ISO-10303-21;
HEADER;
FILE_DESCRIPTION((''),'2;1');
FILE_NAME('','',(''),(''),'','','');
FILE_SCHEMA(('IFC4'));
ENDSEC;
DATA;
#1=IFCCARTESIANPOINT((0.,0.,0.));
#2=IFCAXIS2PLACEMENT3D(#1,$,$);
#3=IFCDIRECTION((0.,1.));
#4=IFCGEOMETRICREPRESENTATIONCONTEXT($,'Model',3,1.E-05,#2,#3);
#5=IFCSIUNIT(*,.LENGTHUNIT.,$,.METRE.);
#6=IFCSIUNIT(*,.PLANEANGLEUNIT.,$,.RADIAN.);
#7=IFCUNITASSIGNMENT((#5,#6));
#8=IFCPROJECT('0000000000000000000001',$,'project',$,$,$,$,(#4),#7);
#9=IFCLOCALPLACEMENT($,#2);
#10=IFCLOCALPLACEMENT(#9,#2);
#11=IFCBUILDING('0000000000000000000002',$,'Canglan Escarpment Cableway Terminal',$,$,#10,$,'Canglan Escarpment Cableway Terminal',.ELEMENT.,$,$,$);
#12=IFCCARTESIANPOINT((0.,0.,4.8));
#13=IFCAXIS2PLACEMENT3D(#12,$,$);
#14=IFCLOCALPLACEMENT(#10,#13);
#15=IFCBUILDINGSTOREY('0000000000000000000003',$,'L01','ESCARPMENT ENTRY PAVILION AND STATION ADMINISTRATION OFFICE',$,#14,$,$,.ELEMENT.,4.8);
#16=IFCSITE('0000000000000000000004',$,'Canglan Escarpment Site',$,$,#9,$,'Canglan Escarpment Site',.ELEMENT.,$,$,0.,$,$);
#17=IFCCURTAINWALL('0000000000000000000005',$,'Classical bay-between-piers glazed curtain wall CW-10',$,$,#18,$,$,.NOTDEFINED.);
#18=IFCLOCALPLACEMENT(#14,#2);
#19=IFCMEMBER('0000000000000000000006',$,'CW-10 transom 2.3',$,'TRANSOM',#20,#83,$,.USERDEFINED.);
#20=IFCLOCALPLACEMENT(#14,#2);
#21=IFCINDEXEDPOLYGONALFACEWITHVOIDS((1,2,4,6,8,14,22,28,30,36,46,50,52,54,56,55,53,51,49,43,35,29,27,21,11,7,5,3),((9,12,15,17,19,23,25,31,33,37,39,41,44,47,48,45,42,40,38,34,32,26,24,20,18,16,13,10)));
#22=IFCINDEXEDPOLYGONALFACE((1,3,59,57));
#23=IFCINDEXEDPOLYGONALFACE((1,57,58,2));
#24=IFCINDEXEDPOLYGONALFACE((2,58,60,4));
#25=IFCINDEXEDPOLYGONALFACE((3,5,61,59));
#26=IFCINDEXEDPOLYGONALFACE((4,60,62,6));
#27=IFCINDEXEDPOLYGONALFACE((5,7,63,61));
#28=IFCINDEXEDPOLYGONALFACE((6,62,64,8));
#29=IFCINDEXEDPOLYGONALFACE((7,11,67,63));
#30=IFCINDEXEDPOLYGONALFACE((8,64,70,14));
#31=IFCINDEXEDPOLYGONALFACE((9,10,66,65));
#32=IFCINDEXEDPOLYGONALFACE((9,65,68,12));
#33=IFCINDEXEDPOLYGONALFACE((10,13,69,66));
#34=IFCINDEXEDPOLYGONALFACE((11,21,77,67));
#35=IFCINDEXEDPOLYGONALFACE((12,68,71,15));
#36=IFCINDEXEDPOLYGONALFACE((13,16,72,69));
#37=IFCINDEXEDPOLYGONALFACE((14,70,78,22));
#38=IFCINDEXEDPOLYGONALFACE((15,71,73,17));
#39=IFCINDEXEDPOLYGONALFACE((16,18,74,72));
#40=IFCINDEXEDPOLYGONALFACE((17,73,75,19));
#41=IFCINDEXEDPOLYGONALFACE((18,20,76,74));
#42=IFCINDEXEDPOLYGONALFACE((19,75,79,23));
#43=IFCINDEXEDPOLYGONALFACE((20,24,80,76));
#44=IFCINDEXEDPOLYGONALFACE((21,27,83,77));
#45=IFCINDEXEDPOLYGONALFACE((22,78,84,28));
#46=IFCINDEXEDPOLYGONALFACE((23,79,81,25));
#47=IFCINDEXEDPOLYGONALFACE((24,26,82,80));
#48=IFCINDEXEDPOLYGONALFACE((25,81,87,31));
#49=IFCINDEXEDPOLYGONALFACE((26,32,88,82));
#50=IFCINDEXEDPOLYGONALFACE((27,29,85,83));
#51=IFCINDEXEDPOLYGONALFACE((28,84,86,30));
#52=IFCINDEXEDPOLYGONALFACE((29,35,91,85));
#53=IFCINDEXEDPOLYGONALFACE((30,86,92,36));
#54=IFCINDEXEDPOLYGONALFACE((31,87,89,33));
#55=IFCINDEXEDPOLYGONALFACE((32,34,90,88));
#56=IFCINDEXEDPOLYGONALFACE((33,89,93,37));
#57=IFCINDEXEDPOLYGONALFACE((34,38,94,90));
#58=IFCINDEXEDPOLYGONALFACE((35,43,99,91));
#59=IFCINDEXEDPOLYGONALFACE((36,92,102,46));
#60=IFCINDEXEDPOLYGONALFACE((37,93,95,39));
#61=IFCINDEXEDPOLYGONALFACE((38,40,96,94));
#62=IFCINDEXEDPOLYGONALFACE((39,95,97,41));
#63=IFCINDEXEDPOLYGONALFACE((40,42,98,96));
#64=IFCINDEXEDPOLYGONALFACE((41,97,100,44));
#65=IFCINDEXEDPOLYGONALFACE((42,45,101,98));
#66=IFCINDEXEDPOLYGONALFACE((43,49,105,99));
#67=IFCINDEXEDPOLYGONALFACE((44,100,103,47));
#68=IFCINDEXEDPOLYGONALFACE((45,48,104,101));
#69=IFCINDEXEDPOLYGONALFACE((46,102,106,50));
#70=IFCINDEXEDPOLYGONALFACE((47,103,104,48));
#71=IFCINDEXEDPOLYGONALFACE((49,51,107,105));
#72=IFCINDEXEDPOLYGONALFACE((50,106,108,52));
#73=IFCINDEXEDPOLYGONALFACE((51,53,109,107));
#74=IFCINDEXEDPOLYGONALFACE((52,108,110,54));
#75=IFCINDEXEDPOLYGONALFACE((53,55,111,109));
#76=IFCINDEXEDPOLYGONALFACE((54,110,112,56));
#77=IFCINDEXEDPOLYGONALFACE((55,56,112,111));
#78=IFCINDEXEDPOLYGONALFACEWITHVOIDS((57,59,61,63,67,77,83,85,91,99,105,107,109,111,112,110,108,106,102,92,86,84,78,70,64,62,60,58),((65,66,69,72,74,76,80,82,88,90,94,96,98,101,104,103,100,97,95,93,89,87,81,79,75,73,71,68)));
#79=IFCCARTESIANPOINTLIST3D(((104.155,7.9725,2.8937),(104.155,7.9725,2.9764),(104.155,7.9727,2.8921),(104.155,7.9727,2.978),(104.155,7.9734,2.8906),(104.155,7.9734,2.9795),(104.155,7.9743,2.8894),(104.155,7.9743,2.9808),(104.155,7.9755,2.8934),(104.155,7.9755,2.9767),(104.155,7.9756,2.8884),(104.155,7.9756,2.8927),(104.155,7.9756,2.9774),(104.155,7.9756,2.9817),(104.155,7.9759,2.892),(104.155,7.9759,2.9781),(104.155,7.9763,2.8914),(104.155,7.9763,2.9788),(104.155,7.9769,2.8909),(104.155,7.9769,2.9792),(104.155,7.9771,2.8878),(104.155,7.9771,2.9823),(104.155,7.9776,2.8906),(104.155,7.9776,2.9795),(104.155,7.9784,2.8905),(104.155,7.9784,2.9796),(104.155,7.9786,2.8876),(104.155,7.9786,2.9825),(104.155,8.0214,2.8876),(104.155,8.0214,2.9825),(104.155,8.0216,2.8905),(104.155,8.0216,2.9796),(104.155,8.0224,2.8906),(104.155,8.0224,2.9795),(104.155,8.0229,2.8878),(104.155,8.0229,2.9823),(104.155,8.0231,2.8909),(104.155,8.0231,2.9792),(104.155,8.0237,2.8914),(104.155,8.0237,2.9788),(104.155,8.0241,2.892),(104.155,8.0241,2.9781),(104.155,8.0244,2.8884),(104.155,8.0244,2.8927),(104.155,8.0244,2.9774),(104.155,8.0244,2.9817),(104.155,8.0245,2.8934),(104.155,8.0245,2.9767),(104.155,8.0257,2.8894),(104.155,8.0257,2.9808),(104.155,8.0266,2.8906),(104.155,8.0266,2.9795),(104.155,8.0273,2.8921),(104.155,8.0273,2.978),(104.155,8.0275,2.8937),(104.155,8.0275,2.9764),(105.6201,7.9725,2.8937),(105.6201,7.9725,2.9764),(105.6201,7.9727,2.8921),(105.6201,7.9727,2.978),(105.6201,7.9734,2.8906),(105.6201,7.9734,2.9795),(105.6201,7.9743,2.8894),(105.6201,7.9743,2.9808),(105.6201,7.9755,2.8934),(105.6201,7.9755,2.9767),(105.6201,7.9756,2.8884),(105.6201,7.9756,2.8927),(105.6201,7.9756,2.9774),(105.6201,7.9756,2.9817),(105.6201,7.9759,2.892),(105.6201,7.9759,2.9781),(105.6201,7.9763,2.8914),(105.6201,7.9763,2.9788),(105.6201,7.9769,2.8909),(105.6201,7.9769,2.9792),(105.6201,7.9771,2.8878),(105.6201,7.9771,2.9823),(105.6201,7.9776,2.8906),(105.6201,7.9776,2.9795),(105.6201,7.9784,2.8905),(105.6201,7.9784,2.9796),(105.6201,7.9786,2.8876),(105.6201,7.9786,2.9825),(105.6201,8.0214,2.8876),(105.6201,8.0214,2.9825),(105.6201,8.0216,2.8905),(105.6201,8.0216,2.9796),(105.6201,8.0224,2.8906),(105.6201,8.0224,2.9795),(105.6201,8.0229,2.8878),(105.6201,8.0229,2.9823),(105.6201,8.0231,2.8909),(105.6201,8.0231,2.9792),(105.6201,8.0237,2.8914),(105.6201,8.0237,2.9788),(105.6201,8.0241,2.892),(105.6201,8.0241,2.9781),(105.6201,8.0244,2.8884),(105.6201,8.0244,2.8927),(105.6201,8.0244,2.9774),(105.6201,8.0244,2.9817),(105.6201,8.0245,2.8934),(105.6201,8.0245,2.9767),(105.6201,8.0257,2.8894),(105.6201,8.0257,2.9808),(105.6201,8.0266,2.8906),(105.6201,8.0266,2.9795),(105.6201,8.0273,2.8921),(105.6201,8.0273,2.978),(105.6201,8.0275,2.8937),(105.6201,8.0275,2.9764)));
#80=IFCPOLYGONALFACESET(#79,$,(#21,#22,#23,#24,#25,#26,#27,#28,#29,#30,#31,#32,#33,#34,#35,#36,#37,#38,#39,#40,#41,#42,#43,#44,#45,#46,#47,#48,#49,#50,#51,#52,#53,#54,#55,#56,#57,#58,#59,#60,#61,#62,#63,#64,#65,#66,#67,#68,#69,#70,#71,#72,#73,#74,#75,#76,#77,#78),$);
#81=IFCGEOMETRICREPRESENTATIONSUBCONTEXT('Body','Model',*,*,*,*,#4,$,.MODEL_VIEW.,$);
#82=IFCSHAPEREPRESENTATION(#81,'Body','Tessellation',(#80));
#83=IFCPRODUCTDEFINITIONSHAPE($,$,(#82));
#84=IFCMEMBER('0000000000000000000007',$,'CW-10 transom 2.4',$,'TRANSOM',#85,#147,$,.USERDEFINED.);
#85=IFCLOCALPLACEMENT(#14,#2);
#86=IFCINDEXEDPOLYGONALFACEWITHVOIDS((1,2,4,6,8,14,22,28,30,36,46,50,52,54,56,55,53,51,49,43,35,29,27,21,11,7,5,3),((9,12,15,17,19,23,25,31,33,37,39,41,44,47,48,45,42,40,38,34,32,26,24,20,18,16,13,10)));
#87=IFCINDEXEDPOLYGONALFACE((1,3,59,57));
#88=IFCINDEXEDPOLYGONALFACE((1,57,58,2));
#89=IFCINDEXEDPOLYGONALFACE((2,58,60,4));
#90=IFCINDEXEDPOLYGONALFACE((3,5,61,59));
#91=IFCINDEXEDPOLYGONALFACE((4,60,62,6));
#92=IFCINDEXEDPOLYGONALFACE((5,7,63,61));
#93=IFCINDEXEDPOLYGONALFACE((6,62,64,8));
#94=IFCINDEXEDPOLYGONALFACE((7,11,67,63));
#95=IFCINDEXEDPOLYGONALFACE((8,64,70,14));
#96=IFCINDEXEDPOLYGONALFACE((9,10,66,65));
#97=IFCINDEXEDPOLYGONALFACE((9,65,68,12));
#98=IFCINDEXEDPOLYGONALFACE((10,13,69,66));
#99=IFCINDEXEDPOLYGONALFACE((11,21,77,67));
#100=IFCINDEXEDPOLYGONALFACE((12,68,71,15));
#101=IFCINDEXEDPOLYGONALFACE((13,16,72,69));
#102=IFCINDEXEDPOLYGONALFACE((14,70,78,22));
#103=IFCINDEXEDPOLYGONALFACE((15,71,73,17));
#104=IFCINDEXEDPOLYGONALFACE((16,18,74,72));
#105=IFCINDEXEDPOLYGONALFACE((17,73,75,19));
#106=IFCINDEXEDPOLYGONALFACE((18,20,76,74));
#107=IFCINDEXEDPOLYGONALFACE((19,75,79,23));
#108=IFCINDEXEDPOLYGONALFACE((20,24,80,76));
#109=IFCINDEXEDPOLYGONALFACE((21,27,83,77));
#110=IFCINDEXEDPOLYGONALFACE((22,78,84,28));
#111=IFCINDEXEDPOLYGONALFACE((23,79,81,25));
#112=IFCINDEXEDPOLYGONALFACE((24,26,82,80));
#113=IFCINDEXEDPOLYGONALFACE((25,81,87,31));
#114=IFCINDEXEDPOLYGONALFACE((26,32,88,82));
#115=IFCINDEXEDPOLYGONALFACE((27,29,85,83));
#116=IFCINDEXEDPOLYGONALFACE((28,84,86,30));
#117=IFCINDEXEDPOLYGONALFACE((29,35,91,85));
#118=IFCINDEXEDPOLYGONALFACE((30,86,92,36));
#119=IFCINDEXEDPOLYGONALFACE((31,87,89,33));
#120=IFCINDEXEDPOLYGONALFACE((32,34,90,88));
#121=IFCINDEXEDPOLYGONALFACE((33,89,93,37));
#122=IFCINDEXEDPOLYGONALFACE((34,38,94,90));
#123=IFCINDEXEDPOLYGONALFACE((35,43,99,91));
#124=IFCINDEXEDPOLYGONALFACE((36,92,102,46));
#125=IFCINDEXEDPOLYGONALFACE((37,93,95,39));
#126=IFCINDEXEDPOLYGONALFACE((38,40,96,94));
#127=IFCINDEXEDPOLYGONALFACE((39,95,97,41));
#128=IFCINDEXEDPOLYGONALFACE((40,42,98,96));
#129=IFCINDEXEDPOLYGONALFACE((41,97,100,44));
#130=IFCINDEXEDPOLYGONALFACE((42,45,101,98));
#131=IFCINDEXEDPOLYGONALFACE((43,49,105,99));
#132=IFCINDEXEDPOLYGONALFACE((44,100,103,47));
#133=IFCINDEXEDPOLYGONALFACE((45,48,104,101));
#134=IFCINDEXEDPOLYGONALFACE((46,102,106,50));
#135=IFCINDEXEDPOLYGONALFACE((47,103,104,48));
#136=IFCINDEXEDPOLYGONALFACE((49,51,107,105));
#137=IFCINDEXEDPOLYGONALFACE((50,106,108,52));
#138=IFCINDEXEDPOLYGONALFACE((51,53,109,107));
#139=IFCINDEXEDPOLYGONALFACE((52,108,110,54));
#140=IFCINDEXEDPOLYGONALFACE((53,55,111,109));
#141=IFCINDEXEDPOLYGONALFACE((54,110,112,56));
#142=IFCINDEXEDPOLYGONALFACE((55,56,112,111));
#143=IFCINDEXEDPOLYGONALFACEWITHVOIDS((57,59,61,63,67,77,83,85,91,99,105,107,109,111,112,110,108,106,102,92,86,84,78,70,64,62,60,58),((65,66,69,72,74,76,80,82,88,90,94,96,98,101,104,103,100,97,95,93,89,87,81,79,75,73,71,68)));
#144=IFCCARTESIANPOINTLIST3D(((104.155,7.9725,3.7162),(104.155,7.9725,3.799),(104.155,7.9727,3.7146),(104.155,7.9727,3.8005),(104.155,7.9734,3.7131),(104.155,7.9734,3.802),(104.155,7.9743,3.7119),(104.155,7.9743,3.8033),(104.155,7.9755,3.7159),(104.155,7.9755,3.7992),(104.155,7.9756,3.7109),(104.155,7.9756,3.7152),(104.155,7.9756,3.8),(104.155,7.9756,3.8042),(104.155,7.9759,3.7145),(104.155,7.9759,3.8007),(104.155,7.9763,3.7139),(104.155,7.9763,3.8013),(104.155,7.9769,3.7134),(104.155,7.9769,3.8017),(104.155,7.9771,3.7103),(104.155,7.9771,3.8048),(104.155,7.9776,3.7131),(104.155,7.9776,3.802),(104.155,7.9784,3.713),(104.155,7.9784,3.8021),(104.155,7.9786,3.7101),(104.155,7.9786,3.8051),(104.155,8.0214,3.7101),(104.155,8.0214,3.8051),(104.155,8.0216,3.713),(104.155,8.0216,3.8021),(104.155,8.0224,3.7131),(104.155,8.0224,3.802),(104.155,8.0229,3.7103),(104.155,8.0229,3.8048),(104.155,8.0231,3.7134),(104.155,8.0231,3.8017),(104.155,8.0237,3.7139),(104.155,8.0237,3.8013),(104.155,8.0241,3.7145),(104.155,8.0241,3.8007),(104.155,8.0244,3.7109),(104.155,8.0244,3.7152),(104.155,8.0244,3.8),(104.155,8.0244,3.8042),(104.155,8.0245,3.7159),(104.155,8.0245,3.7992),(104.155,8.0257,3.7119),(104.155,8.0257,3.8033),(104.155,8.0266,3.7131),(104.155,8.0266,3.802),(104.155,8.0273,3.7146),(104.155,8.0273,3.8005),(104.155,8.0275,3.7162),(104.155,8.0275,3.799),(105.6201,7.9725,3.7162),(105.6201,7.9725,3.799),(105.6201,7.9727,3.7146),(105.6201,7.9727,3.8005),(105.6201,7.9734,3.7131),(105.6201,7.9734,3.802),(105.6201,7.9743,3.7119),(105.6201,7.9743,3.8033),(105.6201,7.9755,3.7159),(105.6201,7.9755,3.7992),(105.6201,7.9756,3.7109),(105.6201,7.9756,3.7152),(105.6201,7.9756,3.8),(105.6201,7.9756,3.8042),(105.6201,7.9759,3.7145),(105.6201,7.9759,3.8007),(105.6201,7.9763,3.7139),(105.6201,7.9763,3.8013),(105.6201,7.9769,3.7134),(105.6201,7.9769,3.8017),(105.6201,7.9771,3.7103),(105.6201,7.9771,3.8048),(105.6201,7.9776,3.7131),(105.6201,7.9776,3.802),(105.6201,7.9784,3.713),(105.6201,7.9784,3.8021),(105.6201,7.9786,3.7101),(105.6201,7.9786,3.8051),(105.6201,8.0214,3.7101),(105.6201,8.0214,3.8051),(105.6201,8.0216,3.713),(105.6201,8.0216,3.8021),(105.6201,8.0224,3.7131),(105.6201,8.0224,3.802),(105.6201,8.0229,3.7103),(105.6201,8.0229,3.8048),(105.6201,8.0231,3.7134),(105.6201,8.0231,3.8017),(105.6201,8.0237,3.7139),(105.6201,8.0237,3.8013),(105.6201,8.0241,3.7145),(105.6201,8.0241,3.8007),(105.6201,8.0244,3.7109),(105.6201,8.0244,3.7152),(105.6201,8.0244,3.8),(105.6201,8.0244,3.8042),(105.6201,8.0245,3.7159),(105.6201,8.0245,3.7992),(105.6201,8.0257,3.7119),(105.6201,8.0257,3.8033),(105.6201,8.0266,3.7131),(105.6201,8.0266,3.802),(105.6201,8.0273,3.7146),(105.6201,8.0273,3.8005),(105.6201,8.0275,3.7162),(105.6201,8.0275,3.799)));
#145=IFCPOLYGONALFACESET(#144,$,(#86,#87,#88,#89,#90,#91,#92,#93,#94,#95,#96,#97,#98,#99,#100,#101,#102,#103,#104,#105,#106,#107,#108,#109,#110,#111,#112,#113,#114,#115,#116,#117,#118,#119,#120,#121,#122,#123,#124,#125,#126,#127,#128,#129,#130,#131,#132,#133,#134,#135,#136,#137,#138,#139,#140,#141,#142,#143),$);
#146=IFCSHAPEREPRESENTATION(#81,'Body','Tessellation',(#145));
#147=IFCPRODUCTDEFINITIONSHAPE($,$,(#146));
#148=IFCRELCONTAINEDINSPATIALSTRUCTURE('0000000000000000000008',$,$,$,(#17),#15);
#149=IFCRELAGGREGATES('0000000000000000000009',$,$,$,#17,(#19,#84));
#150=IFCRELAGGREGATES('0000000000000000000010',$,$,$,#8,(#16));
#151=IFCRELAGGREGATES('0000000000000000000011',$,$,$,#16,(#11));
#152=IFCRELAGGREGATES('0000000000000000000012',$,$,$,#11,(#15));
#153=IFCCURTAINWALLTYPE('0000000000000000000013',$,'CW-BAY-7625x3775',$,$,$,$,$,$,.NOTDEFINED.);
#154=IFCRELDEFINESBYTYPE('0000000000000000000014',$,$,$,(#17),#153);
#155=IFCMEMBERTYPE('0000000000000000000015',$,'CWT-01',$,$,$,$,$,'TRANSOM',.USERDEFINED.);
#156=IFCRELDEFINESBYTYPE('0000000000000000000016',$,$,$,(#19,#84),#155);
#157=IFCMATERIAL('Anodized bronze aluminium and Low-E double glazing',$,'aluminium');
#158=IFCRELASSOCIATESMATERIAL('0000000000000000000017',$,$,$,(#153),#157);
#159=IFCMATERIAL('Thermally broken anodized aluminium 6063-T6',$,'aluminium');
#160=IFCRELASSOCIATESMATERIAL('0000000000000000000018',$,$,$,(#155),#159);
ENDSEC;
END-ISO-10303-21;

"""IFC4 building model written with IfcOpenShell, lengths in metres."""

from ifc_helpers import new_model, si_unit, direction, frame, origin, origin_2d, place, context, subcontext, project, spatial, hollow_rectangle, extrude, material, material_profile, profile_set, type_object, element, aggregate, save


model = new_model("IFC4")

# Units and contexts
model_context = context("Model", 3, precision=1e-05, world=origin(), true_north=direction((0.0, 1.0)))
body_context = subcontext(model_context, "Body", "Model", "MODEL_VIEW")
ifc_project = project(units=[si_unit("LENGTHUNIT", "METRE"), si_unit("PLANEANGLEUNIT", "RADIAN")], contexts=[model_context])

# Site, building, storey
site_placement = place(None, origin())
site = spatial("IfcSite", under=ifc_project, at=site_placement, Name="Canglan Escarpment Site", LongName="Canglan Escarpment Site", CompositionType="ELEMENT", RefElevation=0.0)
building_placement = place(site_placement, origin())
building = spatial("IfcBuilding", under=site, at=building_placement, Name="Canglan Escarpment Cableway Terminal", LongName="Canglan Escarpment Cableway Terminal", CompositionType="ELEMENT")
storey_placement = place(building_placement, frame((0.0, 0.0, 4.8)))
storey = spatial("IfcBuildingStorey", under=building, at=storey_placement, Name="L01", Description="ESCARPMENT ENTRY PAVILION AND STATION ADMINISTRATION OFFICE", CompositionType="ELEMENT", Elevation=4.8)

# Curtain wall, members
ifc_material_1 = material(Name="Anodized bronze aluminium and Low-E double glazing", Category="aluminium")
curtain_wall_type = type_object("IfcCurtainWallType", Name="CW-BAY-7625x3775", PredefinedType="NOTDEFINED", material=ifc_material_1)
curtain_wall_placement = place(storey_placement, origin())
curtain_wall = element("IfcCurtainWall", 1, at=curtain_wall_placement, inside=storey, type_object=curtain_wall_type, Name="Classical bay-between-piers glazed curtain wall CW-10", PredefinedType="NOTDEFINED")
ifc_material_2 = material(Name="Thermally broken anodized aluminium 6063-T6", Category="aluminium")
ifc_material_profile_1 = material_profile(ifc_material_2, hollow_rectangle(XDim=0.0549, YDim=0.095, WallThickness=0.0029, InnerFilletRadius=0.0029, OuterFilletRadius=0.0061, at=origin_2d()), Name="ALU-TRAN 55x95x3")
ifc_profile_set_1 = profile_set([ifc_material_profile_1], Name="Thermally broken anodized aluminium 6063-T6")
member_type_1 = type_object("IfcMemberType", Name="CWT-01", ElementType="TRANSOM", PredefinedType="USERDEFINED", material=ifc_profile_set_1)
member_1_placement = place(storey_placement, frame((104.155, 8.0, 2.9351), z_axis=(1.0, 0.0, 0.0), x_axis=(0.0, 1.0, 0.0)))
member_1 = element("IfcMember", 2, at=member_1_placement, type_object=member_type_1, Name="CW-10 transom 2.3", ObjectType="TRANSOM", PredefinedType="USERDEFINED", context=body_context, shape_type="SweptSolid", body=[
    extrude(hollow_rectangle(XDim=0.0549, YDim=0.095, WallThickness=0.0029, InnerFilletRadius=0.0029, OuterFilletRadius=0.0061, at=origin_2d()), origin(), (0.0, 0.0, 1.0), 1.4651),
])
member_2_placement = place(storey_placement, frame((104.155, 8.0, 3.7576), z_axis=(1.0, 0.0, 0.0), x_axis=(0.0, 1.0, 0.0)))
member_2 = element("IfcMember", 3, at=member_2_placement, type_object=member_type_1, Name="CW-10 transom 2.4", ObjectType="TRANSOM", PredefinedType="USERDEFINED", context=body_context, shape_type="SweptSolid", body=[
    extrude(hollow_rectangle(XDim=0.0549, YDim=0.095, WallThickness=0.0029, InnerFilletRadius=0.0029, OuterFilletRadius=0.0061, at=origin_2d()), origin(), (0.0, 0.0, 1.0), 1.4651),
])
aggregate(curtain_wall, [member_1, member_2])

save(model, "model.ifc")
